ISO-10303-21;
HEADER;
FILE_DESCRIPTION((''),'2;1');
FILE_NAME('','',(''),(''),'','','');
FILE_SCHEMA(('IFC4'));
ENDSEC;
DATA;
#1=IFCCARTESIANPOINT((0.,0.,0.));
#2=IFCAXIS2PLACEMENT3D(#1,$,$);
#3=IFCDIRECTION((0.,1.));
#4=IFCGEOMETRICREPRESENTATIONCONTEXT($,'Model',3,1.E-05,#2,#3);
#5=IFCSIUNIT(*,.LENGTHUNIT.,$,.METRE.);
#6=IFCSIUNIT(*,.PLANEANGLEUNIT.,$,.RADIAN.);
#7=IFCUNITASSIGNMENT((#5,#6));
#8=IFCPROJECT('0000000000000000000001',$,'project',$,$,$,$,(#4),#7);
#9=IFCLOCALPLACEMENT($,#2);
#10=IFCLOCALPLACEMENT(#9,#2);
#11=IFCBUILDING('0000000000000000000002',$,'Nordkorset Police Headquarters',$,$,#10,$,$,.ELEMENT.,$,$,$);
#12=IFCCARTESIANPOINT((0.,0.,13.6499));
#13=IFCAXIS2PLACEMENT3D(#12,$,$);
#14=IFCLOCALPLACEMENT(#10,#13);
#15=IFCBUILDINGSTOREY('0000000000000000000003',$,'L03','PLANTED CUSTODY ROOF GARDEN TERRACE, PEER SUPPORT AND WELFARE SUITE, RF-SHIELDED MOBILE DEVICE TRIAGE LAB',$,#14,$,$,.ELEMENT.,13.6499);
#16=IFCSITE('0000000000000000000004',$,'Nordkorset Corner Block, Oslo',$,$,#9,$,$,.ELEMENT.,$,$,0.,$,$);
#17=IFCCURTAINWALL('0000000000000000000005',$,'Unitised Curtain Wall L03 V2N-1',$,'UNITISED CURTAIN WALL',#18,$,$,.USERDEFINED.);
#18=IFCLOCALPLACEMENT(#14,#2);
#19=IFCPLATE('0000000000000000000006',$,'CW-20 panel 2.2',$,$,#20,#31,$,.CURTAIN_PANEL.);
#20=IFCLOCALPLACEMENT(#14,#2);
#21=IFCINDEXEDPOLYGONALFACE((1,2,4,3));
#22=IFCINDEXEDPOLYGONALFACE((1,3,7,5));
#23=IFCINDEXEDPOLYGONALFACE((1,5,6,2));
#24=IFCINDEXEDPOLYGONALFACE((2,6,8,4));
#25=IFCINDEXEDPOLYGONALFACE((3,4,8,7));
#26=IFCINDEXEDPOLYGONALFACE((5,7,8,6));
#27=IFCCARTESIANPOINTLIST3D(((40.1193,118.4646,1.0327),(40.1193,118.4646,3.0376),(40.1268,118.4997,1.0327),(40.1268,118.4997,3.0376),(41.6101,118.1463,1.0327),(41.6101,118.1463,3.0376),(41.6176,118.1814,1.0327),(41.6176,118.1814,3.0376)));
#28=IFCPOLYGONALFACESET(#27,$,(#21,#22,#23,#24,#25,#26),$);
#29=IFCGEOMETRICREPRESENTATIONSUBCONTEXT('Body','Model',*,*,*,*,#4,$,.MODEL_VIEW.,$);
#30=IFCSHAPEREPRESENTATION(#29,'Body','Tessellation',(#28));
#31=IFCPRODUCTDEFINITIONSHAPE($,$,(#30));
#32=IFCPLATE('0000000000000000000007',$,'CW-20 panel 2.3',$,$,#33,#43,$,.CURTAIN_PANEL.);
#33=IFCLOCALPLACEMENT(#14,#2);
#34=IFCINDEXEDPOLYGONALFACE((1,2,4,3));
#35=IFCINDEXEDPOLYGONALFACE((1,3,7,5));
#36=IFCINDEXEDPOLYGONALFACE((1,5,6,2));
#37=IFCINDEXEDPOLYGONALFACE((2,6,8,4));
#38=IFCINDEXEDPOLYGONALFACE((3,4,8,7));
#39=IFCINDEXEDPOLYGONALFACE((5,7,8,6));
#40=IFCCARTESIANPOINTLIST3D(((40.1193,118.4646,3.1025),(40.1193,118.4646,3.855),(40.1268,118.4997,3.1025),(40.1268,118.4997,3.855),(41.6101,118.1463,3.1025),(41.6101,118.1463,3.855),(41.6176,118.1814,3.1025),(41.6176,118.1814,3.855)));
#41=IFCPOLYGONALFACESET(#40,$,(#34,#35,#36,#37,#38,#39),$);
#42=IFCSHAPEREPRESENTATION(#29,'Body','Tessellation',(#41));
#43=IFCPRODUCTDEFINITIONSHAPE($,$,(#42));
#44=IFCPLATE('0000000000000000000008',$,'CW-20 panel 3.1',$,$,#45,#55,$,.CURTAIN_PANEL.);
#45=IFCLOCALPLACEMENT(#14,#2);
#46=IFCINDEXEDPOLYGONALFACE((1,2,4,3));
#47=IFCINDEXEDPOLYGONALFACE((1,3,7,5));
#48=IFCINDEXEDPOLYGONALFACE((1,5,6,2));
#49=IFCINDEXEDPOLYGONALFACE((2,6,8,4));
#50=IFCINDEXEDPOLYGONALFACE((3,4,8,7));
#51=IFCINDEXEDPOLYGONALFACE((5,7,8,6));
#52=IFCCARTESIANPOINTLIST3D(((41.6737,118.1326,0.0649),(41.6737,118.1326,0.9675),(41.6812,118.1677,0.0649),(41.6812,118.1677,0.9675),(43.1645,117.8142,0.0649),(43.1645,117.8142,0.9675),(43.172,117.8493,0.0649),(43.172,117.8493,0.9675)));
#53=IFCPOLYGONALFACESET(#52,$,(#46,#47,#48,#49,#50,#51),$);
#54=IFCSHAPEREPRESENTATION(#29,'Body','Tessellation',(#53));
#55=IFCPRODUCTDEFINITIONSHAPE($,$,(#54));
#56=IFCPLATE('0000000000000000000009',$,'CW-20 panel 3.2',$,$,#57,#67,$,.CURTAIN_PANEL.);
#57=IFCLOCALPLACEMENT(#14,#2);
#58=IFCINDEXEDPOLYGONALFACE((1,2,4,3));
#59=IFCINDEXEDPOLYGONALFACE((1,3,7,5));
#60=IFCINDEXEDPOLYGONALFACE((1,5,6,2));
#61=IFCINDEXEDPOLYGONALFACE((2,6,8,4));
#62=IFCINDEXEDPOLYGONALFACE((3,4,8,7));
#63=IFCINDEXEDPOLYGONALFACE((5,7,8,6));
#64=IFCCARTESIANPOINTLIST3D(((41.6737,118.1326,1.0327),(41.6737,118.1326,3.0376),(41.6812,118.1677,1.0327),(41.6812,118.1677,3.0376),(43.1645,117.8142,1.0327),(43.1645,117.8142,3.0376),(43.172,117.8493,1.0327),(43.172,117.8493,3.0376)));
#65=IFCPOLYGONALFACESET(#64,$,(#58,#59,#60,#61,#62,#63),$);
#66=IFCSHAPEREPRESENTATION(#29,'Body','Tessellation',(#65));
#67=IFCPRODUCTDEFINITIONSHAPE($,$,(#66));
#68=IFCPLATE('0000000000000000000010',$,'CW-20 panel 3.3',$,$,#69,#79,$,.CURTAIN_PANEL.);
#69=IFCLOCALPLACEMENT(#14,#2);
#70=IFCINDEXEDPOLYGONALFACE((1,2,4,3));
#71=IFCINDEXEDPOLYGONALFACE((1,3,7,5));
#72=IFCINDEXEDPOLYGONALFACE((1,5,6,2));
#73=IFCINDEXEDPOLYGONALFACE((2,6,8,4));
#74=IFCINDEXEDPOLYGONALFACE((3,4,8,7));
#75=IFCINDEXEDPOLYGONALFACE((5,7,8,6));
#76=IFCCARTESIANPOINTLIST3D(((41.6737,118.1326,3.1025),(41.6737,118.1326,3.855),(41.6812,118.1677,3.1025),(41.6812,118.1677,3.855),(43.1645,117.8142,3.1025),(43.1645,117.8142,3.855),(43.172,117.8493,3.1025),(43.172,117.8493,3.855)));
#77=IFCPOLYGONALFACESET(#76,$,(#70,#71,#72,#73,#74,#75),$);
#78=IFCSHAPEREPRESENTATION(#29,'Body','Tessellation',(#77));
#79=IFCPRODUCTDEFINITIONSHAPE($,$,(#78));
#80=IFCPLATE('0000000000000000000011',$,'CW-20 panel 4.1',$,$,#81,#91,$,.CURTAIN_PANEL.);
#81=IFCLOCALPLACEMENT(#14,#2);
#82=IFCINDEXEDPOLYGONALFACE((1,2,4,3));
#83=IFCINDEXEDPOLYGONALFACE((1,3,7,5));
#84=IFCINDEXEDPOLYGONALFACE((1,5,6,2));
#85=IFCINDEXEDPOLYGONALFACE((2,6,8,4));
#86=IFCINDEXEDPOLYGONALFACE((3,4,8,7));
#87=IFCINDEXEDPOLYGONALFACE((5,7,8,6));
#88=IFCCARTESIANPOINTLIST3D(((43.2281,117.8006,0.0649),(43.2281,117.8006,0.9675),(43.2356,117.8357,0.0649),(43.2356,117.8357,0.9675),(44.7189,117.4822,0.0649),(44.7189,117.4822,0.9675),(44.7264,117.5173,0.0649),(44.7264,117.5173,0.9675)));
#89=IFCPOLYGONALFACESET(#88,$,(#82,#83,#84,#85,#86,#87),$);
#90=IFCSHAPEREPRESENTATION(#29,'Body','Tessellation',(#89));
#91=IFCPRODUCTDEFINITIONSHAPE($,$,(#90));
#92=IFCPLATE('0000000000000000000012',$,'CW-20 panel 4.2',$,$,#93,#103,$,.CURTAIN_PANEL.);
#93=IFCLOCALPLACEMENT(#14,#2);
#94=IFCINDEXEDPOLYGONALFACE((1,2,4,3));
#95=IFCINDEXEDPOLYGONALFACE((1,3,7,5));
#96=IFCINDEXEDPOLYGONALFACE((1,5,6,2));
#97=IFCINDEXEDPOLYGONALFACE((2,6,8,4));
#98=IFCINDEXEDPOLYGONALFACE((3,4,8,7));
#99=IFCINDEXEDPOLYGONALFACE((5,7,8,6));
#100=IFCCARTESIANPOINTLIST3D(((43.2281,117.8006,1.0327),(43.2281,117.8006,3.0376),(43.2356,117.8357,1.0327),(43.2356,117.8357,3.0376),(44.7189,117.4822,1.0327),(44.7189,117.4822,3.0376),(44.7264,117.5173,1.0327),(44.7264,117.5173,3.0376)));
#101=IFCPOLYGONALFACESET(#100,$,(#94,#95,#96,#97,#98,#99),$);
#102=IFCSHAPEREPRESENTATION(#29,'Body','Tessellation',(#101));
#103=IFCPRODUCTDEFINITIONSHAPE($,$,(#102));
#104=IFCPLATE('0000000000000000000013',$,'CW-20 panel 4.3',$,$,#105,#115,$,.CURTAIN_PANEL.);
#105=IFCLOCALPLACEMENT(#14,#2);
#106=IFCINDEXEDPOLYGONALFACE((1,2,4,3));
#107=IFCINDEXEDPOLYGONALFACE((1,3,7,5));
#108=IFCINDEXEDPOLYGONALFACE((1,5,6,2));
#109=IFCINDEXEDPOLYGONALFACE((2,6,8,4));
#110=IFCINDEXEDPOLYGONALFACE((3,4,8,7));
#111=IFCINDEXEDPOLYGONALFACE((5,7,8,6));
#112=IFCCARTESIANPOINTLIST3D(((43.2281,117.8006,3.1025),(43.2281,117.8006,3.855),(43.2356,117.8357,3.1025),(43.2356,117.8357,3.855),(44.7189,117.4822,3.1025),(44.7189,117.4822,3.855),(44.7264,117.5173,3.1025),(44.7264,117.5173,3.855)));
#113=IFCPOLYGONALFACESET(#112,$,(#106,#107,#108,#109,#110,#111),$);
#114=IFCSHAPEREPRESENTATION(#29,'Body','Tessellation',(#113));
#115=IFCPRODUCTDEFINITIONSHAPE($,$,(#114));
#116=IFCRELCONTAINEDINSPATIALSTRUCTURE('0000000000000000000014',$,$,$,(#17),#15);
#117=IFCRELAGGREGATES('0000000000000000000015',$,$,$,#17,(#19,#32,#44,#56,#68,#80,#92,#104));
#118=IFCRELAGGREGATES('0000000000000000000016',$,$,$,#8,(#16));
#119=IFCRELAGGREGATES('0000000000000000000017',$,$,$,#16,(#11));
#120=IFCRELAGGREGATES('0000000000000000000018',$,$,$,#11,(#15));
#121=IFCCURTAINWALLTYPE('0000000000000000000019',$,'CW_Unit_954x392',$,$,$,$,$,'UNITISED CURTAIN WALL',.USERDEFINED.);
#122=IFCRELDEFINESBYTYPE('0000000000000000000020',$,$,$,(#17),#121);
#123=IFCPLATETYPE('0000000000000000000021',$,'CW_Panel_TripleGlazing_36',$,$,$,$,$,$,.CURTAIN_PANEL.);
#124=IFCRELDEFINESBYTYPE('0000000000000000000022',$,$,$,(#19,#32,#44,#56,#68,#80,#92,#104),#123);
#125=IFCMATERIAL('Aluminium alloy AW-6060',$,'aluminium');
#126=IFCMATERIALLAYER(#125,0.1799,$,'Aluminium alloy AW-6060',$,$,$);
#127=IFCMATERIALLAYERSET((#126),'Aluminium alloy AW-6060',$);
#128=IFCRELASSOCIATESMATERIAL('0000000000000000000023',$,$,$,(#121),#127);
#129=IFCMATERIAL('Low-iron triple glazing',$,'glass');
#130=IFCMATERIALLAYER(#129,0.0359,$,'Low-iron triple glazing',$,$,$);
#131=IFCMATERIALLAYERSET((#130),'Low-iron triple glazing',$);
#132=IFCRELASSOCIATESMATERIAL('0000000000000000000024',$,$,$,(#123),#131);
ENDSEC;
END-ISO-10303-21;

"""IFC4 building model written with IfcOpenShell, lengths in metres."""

from ifc_helpers import new_model, si_unit, direction, frame, origin, origin_2d, place, context, subcontext, project, spatial, rectangle, extrude, material, layer, layer_set, type_object, element, aggregate, save


model = new_model("IFC4")

# Units and contexts
model_context = context("Model", 3, precision=1e-05, world=origin(), true_north=direction((0.0, 1.0)))
body_context = subcontext(model_context, "Body", "Model", "MODEL_VIEW")
ifc_project = project(units=[si_unit("LENGTHUNIT", "METRE"), si_unit("PLANEANGLEUNIT", "RADIAN")], contexts=[model_context])

# Site, building, storey
site_placement = place(None, origin())
site = spatial("IfcSite", under=ifc_project, at=site_placement, Name="Nordkorset Corner Block, Oslo", CompositionType="ELEMENT", RefElevation=0.0)
building_placement = place(site_placement, origin())
building = spatial("IfcBuilding", under=site, at=building_placement, Name="Nordkorset Police Headquarters", CompositionType="ELEMENT")
storey_placement = place(building_placement, frame((0.0, 0.0, 13.6499)))
storey = spatial("IfcBuildingStorey", under=building, at=storey_placement, Name="L03", Description="PLANTED CUSTODY ROOF GARDEN TERRACE, PEER SUPPORT AND WELFARE SUITE, RF-SHIELDED MOBILE DEVICE TRIAGE LAB", CompositionType="ELEMENT", Elevation=13.6499)

# Curtain wall, plates
ifc_material_1 = material(Name="Aluminium alloy AW-6060", Category="aluminium")
ifc_layer_1 = layer(ifc_material_1, 0.1799, Name="Aluminium alloy AW-6060")
ifc_layer_set_1 = layer_set([ifc_layer_1], Name="Aluminium alloy AW-6060")
curtain_wall_type = type_object("IfcCurtainWallType", Name="CW_Unit_954x392", ElementType="UNITISED CURTAIN WALL", PredefinedType="USERDEFINED", material=ifc_layer_set_1)
curtain_wall_placement = place(storey_placement, origin())
curtain_wall = element("IfcCurtainWall", 1, at=curtain_wall_placement, inside=storey, type_object=curtain_wall_type, Name="Unitised Curtain Wall L03 V2N-1", ObjectType="UNITISED CURTAIN WALL", PredefinedType="USERDEFINED")
ifc_material_2 = material(Name="Low-iron triple glazing", Category="glass")
ifc_layer_2 = layer(ifc_material_2, 0.0359, Name="Low-iron triple glazing")
ifc_layer_set_2 = layer_set([ifc_layer_2], Name="Low-iron triple glazing")
plate_type = type_object("IfcPlateType", Name="CW_Panel_TripleGlazing_36", PredefinedType="CURTAIN_PANEL", material=ifc_layer_set_2)
plate_1_placement = place(storey_placement, frame((40.8684, 118.323, 1.0327), z_axis=(0.0, 0.0, 1.0), x_axis=(0.977951, -0.208833, 0.0)))
plate_1 = element("IfcPlate", 2, at=plate_1_placement, type_object=plate_type, Name="CW-20 panel 2.2", PredefinedType="CURTAIN_PANEL", context=body_context, shape_type="SweptSolid", body=[
    extrude(rectangle(XDim=1.5244, YDim=0.0359, at=origin_2d()), origin(), (0.0, 0.0, 1.0), 2.0049),
])
plate_2_placement = place(storey_placement, frame((40.8684, 118.323, 3.1025), z_axis=(0.0, 0.0, 1.0), x_axis=(0.977951, -0.208833, 0.0)))
plate_2 = element("IfcPlate", 3, at=plate_2_placement, type_object=plate_type, Name="CW-20 panel 2.3", PredefinedType="CURTAIN_PANEL", context=body_context, shape_type="SweptSolid", body=[
    extrude(rectangle(XDim=1.5244, YDim=0.0359, at=origin_2d()), origin(), (0.0, 0.0, 1.0), 0.7524),
])
plate_3_placement = place(storey_placement, frame((42.4229, 117.991, 0.0649), z_axis=(0.0, 0.0, 1.0), x_axis=(0.977951, -0.208833, 0.0)))
plate_3 = element("IfcPlate", 4, at=plate_3_placement, type_object=plate_type, Name="CW-20 panel 3.1", PredefinedType="CURTAIN_PANEL", context=body_context, shape_type="SweptSolid", body=[
    extrude(rectangle(XDim=1.5244, YDim=0.0359, at=origin_2d()), origin(), (0.0, 0.0, 1.0), 0.9026),
])
plate_4_placement = place(storey_placement, frame((42.4229, 117.991, 1.0327), z_axis=(0.0, 0.0, 1.0), x_axis=(0.977951, -0.208833, 0.0)))
plate_4 = element("IfcPlate", 5, at=plate_4_placement, type_object=plate_type, Name="CW-20 panel 3.2", PredefinedType="CURTAIN_PANEL", context=body_context, shape_type="SweptSolid", body=[
    extrude(rectangle(XDim=1.5244, YDim=0.0359, at=origin_2d()), origin(), (0.0, 0.0, 1.0), 2.0049),
])
plate_5_placement = place(storey_placement, frame((42.4229, 117.991, 3.1025), z_axis=(0.0, 0.0, 1.0), x_axis=(0.977951, -0.208833, 0.0)))
plate_5 = element("IfcPlate", 6, at=plate_5_placement, type_object=plate_type, Name="CW-20 panel 3.3", PredefinedType="CURTAIN_PANEL", context=body_context, shape_type="SweptSolid", body=[
    extrude(rectangle(XDim=1.5244, YDim=0.0359, at=origin_2d()), origin(), (0.0, 0.0, 1.0), 0.7524),
])
plate_6_placement = place(storey_placement, frame((43.9773, 117.6589, 0.0649), z_axis=(0.0, 0.0, 1.0), x_axis=(0.977951, -0.208833, 0.0)))
plate_6 = element("IfcPlate", 7, at=plate_6_placement, type_object=plate_type, Name="CW-20 panel 4.1", PredefinedType="CURTAIN_PANEL", context=body_context, shape_type="SweptSolid", body=[
    extrude(rectangle(XDim=1.5244, YDim=0.0359, at=origin_2d()), origin(), (0.0, 0.0, 1.0), 0.9026),
])
plate_7_placement = place(storey_placement, frame((43.9773, 117.6589, 1.0327), z_axis=(0.0, 0.0, 1.0), x_axis=(0.977951, -0.208833, 0.0)))
plate_7 = element("IfcPlate", 8, at=plate_7_placement, type_object=plate_type, Name="CW-20 panel 4.2", PredefinedType="CURTAIN_PANEL", context=body_context, shape_type="SweptSolid", body=[
    extrude(rectangle(XDim=1.5244, YDim=0.0359, at=origin_2d()), origin(), (0.0, 0.0, 1.0), 2.0049),
])
plate_8_placement = place(storey_placement, frame((43.9773, 117.6589, 3.1025), z_axis=(0.0, 0.0, 1.0), x_axis=(0.977951, -0.208833, 0.0)))
plate_8 = element("IfcPlate", 9, at=plate_8_placement, type_object=plate_type, Name="CW-20 panel 4.3", PredefinedType="CURTAIN_PANEL", context=body_context, shape_type="SweptSolid", body=[
    extrude(rectangle(XDim=1.5244, YDim=0.0359, at=origin_2d()), origin(), (0.0, 0.0, 1.0), 0.7524),
])
aggregate(curtain_wall, [plate_1, plate_2, plate_3, plate_4, plate_5, plate_6, plate_7, plate_8])

save(model, "model.ifc")
